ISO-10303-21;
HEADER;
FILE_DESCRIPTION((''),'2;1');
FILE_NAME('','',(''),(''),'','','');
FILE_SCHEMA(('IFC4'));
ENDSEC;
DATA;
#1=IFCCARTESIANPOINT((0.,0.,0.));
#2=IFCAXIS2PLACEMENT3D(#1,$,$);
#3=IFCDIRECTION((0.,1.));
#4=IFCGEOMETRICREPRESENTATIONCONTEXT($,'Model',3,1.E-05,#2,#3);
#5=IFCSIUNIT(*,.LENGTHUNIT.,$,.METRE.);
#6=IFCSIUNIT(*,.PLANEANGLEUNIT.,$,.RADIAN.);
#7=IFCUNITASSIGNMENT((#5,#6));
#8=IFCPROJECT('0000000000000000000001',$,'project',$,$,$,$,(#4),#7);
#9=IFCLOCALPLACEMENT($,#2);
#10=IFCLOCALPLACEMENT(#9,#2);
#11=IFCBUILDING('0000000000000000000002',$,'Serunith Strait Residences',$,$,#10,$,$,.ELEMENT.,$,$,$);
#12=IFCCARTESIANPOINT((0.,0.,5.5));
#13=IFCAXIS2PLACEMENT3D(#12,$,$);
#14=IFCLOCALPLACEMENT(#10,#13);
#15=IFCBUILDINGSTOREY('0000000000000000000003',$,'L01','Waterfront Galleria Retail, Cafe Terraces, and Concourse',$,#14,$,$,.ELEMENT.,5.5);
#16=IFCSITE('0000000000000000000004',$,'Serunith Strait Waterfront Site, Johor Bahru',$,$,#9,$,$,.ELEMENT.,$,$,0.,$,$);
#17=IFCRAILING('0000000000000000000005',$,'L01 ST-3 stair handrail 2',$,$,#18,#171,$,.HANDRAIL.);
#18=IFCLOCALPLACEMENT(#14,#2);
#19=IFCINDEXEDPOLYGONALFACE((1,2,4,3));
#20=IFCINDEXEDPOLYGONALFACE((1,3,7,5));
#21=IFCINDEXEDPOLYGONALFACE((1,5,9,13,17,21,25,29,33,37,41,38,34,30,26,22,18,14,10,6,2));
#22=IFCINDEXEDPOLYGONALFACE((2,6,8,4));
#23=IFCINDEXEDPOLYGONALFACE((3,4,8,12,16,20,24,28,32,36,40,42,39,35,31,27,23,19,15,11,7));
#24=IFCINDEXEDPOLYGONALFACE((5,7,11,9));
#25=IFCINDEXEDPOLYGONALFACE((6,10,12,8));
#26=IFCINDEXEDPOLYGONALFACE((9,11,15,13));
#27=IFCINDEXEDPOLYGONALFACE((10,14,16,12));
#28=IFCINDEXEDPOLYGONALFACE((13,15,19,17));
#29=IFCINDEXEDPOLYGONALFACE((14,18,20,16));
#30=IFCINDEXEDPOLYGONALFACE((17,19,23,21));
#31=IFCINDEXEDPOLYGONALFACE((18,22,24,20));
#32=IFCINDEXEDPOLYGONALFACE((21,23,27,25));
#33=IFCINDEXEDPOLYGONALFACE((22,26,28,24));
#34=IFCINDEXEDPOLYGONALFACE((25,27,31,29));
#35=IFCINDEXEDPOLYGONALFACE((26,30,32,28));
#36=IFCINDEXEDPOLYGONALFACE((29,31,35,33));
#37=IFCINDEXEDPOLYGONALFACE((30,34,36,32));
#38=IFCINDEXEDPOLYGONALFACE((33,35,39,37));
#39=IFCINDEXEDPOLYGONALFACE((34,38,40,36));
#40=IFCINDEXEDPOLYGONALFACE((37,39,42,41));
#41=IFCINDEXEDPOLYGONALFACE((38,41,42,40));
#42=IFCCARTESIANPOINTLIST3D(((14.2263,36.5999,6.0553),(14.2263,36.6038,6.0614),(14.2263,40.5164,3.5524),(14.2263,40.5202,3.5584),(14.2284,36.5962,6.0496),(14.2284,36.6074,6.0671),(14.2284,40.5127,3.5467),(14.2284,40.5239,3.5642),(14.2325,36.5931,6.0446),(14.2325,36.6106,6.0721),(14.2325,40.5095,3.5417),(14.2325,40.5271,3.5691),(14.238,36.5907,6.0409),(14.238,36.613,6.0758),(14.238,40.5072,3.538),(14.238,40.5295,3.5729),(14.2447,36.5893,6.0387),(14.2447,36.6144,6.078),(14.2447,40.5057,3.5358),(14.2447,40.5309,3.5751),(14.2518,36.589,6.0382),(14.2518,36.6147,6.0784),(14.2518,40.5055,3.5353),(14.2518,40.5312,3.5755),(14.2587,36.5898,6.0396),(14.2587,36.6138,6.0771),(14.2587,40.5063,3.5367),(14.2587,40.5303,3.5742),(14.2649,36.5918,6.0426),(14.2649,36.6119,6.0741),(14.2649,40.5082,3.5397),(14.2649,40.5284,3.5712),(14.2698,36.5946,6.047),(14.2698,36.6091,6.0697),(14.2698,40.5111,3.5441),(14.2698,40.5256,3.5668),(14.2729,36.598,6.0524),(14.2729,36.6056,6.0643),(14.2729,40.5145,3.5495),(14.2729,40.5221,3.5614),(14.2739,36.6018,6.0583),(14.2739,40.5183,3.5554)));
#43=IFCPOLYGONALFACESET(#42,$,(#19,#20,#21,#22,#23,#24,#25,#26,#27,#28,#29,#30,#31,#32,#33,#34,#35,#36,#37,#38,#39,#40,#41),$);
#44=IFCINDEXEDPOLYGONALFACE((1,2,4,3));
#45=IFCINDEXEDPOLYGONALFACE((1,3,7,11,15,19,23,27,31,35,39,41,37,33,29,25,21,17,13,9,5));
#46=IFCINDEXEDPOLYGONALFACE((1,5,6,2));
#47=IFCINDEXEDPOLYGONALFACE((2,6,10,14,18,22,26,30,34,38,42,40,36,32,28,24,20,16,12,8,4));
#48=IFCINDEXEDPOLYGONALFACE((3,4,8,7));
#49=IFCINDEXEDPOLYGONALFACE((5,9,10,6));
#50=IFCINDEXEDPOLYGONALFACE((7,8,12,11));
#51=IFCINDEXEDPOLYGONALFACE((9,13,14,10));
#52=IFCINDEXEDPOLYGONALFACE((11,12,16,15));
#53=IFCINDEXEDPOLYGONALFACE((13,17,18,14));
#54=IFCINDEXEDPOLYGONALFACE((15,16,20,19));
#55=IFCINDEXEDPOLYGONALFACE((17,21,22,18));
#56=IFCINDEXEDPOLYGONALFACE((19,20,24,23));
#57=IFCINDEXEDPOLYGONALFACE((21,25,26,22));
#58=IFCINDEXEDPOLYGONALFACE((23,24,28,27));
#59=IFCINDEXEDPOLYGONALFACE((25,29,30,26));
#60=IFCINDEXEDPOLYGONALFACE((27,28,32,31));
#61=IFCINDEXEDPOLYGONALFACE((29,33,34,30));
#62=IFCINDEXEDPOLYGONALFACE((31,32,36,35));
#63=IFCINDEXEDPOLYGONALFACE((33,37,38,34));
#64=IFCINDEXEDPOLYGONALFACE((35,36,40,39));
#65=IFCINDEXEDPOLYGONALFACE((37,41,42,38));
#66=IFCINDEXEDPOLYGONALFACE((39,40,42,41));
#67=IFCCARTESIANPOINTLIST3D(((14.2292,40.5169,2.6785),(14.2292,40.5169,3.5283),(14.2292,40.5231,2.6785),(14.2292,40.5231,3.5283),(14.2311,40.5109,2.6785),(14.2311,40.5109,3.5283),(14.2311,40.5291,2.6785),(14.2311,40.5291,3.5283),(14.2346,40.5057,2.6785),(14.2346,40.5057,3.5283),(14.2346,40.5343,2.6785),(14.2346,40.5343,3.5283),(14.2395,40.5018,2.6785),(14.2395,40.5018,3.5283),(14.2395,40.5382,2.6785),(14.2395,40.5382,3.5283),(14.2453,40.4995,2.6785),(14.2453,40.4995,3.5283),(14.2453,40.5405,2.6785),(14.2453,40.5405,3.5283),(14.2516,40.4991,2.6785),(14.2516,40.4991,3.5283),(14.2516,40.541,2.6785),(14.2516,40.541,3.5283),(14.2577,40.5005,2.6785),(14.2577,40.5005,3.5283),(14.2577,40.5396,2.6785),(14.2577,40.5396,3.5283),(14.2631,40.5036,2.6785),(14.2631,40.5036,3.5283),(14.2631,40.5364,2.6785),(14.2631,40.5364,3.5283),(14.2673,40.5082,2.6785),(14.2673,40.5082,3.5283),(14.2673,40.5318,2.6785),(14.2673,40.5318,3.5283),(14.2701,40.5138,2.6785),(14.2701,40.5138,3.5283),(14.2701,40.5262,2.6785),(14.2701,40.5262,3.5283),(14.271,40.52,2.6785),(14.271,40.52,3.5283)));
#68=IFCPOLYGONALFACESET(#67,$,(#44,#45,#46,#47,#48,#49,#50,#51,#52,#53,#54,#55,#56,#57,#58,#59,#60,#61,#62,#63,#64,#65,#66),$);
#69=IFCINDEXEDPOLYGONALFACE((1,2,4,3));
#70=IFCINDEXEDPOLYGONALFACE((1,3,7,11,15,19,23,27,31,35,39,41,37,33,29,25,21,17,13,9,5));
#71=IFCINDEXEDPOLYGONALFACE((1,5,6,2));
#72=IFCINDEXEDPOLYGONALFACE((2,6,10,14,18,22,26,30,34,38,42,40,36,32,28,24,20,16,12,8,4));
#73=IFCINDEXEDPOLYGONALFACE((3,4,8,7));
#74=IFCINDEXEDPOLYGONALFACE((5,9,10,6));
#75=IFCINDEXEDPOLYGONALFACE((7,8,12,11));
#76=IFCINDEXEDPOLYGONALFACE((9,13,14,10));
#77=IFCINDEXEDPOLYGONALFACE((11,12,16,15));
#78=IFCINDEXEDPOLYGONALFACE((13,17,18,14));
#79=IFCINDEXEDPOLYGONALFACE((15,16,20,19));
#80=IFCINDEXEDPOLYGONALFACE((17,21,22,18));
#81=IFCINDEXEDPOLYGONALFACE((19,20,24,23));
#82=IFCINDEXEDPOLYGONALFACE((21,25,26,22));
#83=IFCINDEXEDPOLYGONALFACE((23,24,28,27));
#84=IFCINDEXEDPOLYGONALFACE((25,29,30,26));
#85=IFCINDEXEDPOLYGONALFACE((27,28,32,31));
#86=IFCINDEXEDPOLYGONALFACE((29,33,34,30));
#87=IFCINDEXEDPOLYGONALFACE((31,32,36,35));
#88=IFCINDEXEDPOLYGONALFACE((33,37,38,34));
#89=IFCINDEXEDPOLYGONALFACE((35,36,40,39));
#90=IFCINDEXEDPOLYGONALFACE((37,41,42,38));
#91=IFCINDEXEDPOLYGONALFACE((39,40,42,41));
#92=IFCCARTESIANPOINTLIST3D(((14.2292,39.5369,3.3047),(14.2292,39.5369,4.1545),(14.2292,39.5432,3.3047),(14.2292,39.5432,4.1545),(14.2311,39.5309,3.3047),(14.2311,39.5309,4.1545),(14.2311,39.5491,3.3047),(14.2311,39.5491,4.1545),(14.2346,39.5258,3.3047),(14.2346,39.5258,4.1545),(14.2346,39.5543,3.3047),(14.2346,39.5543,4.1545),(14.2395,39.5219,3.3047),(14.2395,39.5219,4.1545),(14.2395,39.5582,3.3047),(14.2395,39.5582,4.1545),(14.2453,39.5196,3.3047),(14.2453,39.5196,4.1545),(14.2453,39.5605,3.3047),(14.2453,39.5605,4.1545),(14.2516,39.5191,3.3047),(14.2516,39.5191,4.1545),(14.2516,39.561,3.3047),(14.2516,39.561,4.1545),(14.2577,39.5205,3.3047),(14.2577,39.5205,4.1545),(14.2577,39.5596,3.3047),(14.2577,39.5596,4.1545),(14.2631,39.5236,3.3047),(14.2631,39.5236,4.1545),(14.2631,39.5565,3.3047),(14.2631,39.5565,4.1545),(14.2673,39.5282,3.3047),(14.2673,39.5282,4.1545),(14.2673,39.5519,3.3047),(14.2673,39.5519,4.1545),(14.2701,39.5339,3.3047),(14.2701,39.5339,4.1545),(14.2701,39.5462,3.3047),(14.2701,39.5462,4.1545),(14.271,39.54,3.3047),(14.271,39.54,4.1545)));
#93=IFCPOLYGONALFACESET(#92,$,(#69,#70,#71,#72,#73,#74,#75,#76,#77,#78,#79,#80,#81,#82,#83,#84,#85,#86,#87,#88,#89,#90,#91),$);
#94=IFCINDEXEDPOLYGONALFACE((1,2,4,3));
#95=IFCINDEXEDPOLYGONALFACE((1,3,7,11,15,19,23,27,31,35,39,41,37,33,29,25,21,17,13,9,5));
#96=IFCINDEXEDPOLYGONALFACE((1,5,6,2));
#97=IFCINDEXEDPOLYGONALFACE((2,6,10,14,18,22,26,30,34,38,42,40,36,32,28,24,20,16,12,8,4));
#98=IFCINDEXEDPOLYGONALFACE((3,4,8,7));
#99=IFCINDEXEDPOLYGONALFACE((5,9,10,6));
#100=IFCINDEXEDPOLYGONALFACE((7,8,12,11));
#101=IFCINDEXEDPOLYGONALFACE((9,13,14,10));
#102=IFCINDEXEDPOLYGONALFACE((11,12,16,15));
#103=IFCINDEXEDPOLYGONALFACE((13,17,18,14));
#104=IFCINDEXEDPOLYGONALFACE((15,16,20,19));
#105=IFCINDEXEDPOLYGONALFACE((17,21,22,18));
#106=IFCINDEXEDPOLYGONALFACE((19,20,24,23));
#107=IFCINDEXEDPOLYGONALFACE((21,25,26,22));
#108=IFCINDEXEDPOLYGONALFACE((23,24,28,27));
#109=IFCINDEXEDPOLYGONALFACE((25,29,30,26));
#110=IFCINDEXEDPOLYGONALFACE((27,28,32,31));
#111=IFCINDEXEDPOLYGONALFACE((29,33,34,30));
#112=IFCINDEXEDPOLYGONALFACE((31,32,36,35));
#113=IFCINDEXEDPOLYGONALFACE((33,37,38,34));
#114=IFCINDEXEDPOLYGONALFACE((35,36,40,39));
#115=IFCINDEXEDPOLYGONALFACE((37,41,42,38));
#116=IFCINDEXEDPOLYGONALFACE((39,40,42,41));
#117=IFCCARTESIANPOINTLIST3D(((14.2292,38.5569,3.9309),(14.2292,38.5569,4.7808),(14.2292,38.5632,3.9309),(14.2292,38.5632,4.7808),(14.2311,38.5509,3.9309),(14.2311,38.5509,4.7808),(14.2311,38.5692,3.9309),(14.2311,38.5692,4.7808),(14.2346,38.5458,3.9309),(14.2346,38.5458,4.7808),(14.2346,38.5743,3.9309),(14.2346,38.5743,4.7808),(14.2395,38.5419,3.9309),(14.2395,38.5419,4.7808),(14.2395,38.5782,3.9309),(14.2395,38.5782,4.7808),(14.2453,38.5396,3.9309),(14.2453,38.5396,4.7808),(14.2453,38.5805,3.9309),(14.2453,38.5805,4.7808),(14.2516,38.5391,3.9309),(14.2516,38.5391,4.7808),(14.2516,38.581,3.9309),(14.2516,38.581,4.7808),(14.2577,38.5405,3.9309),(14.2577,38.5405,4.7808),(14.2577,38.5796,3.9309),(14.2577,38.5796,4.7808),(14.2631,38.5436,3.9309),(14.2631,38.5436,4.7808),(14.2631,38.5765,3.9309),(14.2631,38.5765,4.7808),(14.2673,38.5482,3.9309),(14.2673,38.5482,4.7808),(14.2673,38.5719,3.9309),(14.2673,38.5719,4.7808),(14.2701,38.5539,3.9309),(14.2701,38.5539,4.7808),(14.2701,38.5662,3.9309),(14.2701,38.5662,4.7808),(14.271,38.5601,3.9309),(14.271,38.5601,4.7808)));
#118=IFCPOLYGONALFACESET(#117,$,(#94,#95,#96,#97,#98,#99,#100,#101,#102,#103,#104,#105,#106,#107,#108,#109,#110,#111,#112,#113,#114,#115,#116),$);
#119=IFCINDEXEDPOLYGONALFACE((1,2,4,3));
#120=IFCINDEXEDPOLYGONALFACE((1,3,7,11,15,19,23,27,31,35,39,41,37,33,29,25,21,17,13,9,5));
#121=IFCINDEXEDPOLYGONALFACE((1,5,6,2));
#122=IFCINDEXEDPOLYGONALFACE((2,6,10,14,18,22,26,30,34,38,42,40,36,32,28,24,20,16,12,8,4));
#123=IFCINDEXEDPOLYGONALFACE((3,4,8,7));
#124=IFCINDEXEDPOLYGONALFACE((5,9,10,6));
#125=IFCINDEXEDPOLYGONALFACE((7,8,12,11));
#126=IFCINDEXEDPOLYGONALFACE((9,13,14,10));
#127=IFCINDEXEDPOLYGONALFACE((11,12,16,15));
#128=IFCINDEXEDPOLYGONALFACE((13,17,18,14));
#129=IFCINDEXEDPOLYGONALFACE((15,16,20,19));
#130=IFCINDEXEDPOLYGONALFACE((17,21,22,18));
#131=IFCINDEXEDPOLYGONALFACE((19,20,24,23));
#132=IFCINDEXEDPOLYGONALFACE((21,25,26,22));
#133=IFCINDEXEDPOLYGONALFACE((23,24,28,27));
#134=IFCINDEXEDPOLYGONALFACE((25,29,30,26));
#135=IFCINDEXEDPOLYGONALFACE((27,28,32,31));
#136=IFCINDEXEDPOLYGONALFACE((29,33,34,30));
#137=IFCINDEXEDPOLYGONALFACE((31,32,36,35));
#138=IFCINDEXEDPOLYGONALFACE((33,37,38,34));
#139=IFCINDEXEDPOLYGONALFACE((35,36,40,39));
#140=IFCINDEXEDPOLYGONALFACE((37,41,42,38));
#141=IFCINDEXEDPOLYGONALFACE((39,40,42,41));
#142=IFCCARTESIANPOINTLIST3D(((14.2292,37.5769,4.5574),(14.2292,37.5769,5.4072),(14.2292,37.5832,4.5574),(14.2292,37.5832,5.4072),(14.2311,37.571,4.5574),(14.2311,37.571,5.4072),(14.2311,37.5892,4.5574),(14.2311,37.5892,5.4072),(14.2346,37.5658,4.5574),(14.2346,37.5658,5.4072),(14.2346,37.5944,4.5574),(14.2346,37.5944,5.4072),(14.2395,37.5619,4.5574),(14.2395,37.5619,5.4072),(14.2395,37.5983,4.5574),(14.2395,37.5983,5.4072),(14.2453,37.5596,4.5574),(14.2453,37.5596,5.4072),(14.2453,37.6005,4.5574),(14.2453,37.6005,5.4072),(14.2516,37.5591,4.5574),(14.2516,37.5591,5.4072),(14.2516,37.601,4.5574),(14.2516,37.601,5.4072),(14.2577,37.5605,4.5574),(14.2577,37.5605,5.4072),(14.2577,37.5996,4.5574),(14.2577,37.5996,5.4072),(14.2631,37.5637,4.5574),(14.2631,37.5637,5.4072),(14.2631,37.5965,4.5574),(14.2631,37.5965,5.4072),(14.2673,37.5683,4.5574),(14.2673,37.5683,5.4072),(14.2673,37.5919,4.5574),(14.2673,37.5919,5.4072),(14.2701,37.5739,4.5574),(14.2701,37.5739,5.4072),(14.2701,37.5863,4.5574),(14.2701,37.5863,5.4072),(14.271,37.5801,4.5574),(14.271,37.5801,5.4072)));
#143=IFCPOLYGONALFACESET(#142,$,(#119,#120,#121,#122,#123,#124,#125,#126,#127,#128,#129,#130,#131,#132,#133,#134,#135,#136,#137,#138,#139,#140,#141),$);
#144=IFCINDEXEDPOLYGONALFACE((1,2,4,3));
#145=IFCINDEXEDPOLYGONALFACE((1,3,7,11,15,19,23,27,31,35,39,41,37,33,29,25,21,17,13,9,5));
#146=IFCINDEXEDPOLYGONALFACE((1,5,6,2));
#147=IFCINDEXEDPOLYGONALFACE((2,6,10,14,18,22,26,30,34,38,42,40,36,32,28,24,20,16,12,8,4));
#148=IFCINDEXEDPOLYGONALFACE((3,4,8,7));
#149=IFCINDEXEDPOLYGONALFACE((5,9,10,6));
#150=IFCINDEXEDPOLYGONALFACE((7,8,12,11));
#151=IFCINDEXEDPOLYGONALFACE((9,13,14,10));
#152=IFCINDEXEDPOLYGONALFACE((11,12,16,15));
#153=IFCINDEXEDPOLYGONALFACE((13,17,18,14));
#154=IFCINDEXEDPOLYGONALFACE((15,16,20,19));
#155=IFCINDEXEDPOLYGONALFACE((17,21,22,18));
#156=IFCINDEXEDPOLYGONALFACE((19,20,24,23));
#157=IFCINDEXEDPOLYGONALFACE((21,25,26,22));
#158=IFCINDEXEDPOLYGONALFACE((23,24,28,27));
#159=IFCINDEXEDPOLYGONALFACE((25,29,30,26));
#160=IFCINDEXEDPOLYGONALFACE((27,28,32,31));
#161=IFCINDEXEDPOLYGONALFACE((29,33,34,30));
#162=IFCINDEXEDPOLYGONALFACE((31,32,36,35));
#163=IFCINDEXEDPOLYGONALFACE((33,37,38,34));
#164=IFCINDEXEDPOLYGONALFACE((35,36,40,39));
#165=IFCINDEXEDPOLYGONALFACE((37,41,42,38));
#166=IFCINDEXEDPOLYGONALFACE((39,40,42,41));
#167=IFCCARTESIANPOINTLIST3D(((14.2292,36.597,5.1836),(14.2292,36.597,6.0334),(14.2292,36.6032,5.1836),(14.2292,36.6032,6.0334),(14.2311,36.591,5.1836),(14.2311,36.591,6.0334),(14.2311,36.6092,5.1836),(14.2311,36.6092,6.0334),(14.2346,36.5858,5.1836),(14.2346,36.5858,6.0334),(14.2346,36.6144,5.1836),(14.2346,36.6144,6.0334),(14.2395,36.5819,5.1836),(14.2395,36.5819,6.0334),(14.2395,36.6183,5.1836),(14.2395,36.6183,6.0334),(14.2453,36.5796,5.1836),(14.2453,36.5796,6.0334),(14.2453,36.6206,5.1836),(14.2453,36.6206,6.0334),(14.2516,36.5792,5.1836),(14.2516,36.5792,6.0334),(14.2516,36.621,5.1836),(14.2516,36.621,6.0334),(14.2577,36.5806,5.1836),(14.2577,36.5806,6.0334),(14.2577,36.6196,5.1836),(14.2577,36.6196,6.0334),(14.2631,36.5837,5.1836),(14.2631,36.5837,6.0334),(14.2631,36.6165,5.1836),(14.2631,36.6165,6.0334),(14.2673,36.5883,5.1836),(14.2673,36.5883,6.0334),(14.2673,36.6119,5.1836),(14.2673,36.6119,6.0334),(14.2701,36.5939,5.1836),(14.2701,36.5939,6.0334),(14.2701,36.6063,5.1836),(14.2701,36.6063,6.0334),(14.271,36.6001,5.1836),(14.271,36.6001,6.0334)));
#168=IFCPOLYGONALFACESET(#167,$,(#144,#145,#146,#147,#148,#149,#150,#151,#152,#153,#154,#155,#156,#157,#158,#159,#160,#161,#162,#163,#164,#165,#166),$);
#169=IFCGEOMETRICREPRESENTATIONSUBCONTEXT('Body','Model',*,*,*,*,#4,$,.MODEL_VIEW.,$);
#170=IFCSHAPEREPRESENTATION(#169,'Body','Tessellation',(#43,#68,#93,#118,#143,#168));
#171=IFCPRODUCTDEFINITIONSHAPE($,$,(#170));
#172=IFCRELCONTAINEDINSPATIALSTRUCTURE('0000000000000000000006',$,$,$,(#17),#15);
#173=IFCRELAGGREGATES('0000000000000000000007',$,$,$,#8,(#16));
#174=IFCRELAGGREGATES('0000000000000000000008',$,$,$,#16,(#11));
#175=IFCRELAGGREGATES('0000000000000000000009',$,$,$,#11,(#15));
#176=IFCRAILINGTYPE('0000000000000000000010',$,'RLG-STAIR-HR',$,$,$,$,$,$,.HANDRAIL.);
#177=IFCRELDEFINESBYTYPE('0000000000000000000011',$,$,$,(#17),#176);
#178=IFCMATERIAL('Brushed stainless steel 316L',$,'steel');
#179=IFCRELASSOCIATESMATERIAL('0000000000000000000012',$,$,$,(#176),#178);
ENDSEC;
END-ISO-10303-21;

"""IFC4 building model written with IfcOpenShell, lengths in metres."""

from ifc_helpers import new_model, si_unit, direction, frame, origin, origin_2d, place, context, subcontext, project, spatial, circle, extrude, material, type_object, element, save


model = new_model("IFC4")

# Units and contexts
model_context = context("Model", 3, precision=1e-05, world=origin(), true_north=direction((0.0, 1.0)))
body_context = subcontext(model_context, "Body", "Model", "MODEL_VIEW")
ifc_project = project(units=[si_unit("LENGTHUNIT", "METRE"), si_unit("PLANEANGLEUNIT", "RADIAN")], contexts=[model_context])

# Site, building, storey
site_placement = place(None, origin())
site = spatial("IfcSite", under=ifc_project, at=site_placement, Name="Serunith Strait Waterfront Site, Johor Bahru", CompositionType="ELEMENT", RefElevation=0.0)
building_placement = place(site_placement, origin())
building = spatial("IfcBuilding", under=site, at=building_placement, Name="Serunith Strait Residences", CompositionType="ELEMENT")
storey_placement = place(building_placement, frame((0.0, 0.0, 5.5)))
storey = spatial("IfcBuildingStorey", under=building, at=storey_placement, Name="L01", Description="Waterfront Galleria Retail, Cafe Terraces, and Concourse", CompositionType="ELEMENT", Elevation=5.5)

# Railing
ifc_material_1 = material(Name="Brushed stainless steel 316L", Category="steel")
railing_type_1 = type_object("IfcRailingType", Name="RLG-STAIR-HR", PredefinedType="HANDRAIL", material=ifc_material_1)
railing_1_placement = place(storey_placement, frame((14.25, 40.52, 2.6785)))
element("IfcRailing", 1, at=railing_1_placement, inside=storey, type_object=railing_type_1, Name="L01 ST-3 stair handrail 2", PredefinedType="HANDRAIL", context=body_context, shape_type="SweptSolid", body=[
    extrude(circle(Radius=0.0239, at=origin_2d()), frame((0.0, -0.0017, 0.877), z_axis=(0.0, -0.842625, 0.538501), x_axis=(1.0, 0.0, 0.0)), (0.0, 0.0, 1.0), 4.6479),
    extrude(circle(Radius=0.021, at=origin_2d()), origin(), (0.0, 0.0, 1.0), 0.8499),
    extrude(circle(Radius=0.021, at=origin_2d()), frame((0.0, -0.98, 0.6262)), (0.0, 0.0, 1.0), 0.8499),
    extrude(circle(Radius=0.021, at=origin_2d()), frame((0.0, -1.96, 1.2524)), (0.0, 0.0, 1.0), 0.8499),
    extrude(circle(Radius=0.021, at=origin_2d()), frame((0.0, -2.9399, 1.8789)), (0.0, 0.0, 1.0), 0.8499),
    extrude(circle(Radius=0.021, at=origin_2d()), frame((0.0, -3.9199, 2.5051)), (0.0, 0.0, 1.0), 0.8499),
])

save(model, "model.ifc")
